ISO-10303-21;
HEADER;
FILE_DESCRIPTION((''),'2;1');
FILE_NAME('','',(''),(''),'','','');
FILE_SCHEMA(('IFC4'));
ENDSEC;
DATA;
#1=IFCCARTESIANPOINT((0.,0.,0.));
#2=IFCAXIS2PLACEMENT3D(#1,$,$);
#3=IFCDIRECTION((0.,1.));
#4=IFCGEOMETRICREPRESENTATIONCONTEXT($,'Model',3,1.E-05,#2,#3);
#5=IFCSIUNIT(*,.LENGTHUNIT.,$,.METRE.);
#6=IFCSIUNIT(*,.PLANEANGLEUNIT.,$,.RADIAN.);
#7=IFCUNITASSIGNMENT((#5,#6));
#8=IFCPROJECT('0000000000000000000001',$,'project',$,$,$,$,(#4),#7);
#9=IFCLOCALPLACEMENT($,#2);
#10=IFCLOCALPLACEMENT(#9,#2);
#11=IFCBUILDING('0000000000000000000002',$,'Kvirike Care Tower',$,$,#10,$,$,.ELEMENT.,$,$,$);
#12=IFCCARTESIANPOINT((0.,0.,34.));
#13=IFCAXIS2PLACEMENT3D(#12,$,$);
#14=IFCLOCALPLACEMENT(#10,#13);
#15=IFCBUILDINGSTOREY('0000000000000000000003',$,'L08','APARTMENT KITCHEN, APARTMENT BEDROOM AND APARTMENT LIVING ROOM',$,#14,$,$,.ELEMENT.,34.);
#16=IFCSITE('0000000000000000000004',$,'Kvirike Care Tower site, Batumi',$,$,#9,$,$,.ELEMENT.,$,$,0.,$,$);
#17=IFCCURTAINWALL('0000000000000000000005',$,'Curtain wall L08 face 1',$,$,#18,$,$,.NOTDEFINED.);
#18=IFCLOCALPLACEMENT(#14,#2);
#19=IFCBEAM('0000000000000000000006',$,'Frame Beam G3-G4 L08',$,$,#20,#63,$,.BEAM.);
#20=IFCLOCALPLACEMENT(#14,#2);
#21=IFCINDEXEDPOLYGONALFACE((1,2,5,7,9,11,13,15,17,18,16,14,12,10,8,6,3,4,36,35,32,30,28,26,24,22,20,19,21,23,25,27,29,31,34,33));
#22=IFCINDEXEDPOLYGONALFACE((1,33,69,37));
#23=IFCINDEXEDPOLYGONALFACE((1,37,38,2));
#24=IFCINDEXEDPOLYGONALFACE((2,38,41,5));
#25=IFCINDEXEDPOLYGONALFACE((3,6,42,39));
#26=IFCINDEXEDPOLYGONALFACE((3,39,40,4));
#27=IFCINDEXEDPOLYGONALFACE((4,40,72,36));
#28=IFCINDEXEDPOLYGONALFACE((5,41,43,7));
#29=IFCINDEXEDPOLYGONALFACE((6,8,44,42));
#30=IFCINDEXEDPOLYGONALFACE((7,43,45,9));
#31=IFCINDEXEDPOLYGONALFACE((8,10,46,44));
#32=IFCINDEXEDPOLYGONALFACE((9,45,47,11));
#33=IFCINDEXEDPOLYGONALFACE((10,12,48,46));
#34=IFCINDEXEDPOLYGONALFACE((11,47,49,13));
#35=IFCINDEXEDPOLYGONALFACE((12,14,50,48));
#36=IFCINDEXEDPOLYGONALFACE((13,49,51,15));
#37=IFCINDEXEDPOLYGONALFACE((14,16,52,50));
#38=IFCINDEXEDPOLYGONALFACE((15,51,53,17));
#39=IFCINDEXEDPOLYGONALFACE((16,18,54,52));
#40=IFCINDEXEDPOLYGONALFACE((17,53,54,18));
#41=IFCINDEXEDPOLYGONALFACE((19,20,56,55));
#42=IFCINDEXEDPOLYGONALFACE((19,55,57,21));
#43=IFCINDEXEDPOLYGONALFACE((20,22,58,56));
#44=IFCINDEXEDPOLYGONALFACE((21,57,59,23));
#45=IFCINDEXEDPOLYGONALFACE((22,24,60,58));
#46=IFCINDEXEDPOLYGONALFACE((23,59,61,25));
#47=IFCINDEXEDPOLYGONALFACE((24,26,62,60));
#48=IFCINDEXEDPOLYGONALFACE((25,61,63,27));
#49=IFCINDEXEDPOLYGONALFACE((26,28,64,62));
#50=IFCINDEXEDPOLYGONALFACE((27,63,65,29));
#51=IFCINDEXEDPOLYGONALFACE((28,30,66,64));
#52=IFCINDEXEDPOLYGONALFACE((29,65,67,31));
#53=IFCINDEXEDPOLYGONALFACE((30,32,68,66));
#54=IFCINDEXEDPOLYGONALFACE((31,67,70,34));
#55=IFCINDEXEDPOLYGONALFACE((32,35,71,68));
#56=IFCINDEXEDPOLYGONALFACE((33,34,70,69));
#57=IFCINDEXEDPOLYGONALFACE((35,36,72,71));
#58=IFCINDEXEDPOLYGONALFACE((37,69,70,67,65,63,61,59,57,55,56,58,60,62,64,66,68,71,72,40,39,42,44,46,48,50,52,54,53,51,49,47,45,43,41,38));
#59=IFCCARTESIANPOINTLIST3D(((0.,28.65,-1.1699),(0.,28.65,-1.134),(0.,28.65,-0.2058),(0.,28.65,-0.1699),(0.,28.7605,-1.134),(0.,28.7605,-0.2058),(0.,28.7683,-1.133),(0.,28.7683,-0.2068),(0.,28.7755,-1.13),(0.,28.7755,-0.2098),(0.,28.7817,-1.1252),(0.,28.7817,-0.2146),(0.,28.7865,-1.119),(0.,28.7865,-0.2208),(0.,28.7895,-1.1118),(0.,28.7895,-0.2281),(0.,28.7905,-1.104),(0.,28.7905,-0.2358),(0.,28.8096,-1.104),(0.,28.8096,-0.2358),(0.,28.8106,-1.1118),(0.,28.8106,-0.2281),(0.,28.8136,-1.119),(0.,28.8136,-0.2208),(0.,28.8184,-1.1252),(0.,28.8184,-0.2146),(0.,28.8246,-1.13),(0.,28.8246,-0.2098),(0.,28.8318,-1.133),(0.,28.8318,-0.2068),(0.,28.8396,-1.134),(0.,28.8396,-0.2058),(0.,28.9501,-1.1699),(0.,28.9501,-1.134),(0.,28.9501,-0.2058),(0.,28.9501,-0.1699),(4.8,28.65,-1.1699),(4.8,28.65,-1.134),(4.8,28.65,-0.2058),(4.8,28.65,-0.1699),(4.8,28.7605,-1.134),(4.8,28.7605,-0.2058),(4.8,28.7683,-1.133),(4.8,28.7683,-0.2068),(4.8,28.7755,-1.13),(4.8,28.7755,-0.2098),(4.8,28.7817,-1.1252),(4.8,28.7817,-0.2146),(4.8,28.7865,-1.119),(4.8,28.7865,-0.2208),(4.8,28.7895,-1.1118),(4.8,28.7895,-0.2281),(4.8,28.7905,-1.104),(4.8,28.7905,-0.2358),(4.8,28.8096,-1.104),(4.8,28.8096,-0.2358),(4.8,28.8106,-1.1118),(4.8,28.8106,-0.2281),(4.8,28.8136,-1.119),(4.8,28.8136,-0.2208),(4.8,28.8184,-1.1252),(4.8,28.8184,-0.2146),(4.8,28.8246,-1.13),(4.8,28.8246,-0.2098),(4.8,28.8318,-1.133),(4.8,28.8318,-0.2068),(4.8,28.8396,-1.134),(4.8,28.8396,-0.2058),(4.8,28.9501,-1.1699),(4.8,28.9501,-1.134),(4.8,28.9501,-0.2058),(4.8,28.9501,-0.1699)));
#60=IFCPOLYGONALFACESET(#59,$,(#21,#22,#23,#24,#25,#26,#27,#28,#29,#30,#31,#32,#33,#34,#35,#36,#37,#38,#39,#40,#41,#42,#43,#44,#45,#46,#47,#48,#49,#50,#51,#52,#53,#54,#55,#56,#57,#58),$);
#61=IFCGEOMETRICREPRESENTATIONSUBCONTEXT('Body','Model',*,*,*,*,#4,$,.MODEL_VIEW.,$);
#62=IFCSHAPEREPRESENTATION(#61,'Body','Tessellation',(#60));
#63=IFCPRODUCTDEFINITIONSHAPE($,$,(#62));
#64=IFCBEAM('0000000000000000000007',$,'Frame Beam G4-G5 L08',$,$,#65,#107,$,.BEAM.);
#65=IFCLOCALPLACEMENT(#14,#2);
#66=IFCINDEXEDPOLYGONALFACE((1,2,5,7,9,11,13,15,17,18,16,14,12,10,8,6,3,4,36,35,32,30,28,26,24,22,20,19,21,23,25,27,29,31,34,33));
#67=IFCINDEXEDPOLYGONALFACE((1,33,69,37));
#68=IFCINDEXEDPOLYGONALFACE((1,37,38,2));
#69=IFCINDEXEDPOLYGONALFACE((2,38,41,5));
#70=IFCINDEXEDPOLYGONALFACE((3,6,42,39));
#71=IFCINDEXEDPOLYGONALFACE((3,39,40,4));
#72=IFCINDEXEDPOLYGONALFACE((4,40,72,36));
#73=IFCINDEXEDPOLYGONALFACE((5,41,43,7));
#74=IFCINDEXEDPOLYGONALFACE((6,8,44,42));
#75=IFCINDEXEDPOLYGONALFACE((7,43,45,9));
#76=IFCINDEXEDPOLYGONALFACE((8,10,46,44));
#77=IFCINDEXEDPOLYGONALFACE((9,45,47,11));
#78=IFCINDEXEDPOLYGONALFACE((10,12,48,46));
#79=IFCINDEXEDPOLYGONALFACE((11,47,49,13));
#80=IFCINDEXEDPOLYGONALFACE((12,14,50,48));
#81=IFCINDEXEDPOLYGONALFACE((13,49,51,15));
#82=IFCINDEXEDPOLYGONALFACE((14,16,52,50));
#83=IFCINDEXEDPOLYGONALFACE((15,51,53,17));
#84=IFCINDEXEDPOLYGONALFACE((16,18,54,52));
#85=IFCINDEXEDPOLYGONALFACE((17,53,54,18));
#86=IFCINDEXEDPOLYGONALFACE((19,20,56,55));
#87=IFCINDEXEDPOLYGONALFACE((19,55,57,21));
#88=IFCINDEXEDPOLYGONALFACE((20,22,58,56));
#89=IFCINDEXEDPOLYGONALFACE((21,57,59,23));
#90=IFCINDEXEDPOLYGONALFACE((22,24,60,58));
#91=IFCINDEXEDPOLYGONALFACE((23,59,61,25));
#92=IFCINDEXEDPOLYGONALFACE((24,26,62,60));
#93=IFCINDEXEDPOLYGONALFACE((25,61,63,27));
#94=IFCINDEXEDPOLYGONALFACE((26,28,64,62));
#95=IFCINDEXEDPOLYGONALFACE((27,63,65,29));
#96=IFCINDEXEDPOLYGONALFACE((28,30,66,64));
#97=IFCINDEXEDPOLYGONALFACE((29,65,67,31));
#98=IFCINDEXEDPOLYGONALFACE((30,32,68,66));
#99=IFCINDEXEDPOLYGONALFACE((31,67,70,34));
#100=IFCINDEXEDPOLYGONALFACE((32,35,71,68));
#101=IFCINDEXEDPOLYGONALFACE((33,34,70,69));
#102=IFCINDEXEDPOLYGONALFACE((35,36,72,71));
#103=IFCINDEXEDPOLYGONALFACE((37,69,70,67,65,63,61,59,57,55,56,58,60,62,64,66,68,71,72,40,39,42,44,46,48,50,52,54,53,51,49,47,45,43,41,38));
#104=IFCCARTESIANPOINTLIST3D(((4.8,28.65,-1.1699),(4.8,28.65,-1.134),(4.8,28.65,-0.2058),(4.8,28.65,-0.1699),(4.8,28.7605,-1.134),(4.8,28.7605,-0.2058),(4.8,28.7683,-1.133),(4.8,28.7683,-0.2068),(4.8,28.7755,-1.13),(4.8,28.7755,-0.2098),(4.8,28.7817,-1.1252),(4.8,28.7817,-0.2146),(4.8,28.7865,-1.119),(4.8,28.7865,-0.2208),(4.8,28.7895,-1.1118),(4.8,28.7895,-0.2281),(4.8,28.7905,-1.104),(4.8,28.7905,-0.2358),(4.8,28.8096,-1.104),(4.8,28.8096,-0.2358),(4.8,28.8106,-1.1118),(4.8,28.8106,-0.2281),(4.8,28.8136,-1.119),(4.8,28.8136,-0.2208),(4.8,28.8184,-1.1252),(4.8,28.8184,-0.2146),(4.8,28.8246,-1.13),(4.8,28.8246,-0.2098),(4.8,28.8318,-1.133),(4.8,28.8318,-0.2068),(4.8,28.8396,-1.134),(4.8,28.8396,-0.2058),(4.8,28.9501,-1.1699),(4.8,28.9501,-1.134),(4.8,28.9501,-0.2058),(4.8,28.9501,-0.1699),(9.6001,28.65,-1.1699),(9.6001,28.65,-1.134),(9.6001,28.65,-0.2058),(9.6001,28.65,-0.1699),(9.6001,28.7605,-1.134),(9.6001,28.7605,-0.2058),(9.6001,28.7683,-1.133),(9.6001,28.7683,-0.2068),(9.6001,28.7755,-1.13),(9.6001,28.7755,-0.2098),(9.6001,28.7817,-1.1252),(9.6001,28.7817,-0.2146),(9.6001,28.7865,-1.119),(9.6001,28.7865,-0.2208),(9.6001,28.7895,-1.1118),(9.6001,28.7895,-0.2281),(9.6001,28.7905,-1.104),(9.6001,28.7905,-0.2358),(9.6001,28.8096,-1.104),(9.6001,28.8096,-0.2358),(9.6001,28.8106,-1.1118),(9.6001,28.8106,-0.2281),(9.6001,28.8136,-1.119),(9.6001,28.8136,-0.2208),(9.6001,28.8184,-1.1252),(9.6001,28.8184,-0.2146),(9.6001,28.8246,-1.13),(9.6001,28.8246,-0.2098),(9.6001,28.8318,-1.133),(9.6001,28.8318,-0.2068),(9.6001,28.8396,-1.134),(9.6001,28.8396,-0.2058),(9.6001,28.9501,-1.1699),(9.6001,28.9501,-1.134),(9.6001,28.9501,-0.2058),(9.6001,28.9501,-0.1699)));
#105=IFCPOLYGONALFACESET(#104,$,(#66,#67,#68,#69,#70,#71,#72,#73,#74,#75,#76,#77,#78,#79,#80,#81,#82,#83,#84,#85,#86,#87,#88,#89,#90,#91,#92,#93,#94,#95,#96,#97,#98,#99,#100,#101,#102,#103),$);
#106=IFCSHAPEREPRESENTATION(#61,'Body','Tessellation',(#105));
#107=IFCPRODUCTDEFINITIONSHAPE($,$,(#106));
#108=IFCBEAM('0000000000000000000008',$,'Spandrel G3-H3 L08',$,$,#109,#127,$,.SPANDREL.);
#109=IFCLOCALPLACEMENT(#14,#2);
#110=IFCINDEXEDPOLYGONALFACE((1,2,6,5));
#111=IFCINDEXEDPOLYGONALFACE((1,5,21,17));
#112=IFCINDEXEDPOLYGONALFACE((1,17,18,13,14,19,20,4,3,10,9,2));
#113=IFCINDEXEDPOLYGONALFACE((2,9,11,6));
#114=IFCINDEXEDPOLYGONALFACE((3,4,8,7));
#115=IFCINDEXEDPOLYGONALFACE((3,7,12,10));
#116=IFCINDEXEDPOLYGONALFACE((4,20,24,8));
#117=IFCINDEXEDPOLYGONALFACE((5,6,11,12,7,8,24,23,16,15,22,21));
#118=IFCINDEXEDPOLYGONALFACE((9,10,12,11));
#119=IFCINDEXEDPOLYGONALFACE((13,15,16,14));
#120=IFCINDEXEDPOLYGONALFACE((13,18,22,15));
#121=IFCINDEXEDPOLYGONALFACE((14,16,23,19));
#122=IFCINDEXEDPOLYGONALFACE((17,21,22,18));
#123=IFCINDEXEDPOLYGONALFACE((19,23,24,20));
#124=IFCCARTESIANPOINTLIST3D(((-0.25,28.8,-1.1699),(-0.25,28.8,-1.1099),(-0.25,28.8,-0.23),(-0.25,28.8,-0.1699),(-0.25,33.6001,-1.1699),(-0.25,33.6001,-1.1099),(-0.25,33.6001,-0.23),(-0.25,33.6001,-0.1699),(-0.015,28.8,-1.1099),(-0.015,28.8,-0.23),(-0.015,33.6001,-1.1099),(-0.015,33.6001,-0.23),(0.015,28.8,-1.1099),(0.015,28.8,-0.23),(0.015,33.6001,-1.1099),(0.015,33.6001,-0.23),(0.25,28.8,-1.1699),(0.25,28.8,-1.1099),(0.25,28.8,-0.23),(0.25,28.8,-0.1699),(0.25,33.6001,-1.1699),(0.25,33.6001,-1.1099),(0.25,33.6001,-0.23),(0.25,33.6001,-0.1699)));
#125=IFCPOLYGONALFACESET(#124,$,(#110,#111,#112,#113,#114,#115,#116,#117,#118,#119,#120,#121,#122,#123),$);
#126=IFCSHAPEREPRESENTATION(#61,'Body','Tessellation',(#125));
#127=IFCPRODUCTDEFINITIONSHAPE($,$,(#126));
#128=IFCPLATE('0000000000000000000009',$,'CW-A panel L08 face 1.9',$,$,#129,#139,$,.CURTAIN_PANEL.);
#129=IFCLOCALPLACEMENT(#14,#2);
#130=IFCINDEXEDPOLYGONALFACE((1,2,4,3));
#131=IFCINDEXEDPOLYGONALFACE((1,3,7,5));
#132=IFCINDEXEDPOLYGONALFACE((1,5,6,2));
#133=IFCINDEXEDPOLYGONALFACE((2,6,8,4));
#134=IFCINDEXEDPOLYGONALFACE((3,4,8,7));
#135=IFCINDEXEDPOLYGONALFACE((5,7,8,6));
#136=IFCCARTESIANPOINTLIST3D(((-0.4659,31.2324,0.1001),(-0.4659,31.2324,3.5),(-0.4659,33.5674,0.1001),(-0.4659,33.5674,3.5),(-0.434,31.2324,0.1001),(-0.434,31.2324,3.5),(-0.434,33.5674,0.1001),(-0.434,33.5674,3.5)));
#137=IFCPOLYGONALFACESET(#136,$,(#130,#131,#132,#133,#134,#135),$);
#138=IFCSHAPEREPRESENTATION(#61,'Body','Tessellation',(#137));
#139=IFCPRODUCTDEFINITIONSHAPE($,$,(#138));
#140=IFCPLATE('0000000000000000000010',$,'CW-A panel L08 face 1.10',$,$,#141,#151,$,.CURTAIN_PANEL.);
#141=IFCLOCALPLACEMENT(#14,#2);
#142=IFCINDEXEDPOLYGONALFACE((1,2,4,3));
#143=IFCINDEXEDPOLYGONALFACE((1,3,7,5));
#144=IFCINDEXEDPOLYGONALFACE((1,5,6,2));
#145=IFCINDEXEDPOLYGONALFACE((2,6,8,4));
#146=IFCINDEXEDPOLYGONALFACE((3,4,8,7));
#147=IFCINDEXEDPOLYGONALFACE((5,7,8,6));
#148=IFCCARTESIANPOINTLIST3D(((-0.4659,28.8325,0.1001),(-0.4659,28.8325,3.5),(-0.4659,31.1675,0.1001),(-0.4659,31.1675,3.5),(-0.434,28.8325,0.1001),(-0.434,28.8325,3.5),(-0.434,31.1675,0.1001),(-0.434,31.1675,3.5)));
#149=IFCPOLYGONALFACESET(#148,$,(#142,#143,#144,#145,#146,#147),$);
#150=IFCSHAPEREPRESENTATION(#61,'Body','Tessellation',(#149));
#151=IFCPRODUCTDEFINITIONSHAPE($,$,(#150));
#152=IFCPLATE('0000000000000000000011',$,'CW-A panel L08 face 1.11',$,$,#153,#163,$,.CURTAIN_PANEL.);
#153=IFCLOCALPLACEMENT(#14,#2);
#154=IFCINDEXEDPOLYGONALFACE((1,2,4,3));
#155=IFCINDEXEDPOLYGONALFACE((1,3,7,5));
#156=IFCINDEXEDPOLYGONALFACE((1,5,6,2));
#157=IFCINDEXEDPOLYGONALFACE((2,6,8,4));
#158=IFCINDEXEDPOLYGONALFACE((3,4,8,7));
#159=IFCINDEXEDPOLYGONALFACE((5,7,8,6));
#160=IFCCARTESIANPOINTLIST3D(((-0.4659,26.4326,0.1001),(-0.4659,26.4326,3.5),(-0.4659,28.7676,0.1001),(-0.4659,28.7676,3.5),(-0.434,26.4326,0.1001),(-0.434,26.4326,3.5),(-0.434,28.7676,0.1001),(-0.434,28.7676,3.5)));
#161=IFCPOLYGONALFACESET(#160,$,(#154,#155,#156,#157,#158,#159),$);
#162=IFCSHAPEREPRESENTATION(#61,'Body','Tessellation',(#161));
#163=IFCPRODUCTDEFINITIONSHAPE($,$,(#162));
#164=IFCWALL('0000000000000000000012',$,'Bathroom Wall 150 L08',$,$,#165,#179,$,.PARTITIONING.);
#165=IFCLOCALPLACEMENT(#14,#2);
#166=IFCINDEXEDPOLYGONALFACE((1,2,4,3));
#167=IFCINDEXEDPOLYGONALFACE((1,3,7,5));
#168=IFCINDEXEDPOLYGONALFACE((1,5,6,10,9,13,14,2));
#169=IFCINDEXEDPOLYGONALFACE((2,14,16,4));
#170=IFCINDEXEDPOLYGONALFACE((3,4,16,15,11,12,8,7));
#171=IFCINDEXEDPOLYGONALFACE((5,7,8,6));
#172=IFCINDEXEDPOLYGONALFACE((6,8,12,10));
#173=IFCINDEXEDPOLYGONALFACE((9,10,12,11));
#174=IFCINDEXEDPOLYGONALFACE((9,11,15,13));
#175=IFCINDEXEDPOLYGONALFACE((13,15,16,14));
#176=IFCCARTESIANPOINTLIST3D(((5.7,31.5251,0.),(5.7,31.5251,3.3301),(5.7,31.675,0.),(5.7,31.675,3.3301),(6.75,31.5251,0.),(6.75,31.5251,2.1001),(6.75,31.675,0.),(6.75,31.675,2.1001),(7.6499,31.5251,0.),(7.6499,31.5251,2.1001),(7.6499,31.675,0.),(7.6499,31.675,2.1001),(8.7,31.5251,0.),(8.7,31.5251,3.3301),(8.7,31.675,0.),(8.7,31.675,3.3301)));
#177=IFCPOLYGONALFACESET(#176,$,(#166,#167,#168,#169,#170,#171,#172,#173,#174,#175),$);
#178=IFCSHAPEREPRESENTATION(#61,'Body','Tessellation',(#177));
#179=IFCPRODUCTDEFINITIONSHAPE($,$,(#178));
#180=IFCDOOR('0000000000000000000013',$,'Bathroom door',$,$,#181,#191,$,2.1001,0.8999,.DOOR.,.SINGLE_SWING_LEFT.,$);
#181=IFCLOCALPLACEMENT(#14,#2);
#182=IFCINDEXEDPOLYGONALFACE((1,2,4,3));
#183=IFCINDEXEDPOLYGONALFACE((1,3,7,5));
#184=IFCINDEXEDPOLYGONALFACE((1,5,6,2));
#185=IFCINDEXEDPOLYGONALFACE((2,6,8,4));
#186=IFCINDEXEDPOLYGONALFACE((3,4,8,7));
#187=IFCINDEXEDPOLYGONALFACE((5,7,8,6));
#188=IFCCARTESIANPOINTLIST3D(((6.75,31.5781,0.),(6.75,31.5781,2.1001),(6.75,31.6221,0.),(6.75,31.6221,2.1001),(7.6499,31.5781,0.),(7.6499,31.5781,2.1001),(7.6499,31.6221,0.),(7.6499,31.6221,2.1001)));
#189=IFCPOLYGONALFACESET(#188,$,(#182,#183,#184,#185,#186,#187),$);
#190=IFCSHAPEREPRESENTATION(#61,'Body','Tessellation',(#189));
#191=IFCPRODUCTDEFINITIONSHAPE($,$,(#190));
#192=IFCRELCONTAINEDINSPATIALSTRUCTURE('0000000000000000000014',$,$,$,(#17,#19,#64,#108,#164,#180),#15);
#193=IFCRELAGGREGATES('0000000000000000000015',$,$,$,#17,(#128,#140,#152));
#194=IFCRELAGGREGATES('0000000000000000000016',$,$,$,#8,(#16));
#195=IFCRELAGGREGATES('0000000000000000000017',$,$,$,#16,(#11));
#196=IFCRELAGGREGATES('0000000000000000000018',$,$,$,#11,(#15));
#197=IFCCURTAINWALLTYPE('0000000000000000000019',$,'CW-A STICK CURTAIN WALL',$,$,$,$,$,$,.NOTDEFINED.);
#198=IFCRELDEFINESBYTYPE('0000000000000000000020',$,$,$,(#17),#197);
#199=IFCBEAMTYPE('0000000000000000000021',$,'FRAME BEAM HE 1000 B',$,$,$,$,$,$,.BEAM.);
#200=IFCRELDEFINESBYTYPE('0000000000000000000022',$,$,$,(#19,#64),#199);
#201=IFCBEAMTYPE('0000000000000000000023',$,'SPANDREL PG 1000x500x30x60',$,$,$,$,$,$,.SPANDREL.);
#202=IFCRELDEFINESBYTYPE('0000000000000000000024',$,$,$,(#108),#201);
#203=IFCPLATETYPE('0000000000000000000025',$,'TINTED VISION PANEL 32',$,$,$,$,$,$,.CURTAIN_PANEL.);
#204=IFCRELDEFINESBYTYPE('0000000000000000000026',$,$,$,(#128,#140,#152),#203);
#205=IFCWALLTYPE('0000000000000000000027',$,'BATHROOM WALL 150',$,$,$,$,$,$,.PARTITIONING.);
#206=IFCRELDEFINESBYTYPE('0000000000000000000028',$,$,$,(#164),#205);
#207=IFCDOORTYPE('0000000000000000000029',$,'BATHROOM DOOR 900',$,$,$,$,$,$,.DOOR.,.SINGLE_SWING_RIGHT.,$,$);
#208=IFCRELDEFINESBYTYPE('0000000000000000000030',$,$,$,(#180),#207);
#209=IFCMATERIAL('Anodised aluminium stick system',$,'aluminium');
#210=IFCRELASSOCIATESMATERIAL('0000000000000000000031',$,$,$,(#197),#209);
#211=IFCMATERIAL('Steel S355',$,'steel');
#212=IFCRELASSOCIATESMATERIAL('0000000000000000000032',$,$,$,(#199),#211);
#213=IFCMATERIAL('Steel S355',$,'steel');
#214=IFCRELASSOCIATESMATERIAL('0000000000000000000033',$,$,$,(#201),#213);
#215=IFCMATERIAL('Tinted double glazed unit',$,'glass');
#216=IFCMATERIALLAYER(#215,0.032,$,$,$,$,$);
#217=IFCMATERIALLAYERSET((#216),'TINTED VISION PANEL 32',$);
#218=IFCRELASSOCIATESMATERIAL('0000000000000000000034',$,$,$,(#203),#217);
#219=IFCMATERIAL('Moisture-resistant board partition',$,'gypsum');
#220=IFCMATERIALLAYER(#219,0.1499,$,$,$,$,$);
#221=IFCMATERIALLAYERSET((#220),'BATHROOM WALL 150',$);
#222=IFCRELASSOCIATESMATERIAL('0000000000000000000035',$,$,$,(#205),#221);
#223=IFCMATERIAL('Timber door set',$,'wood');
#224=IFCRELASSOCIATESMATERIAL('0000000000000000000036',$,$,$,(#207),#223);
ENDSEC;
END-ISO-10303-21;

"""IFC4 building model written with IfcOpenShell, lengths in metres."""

from ifc_helpers import new_model, si_unit, direction, frame, frame_2d, origin, origin_2d, place, context, subcontext, project, spatial, rectangle, i_section, extrude, material, layer, layer_set, material_profile, profile_set, type_object, element, fill, aggregate, save


model = new_model("IFC4")

# Units and contexts
model_context = context("Model", 3, precision=1e-05, world=origin(), true_north=direction((0.0, 1.0)))
body_context = subcontext(model_context, "Body", "Model", "MODEL_VIEW")
ifc_project = project(units=[si_unit("LENGTHUNIT", "METRE"), si_unit("PLANEANGLEUNIT", "RADIAN")], contexts=[model_context])

# Site, building, storey
site_placement = place(None, origin())
site = spatial("IfcSite", under=ifc_project, at=site_placement, Name="Kvirike Care Tower site, Batumi", CompositionType="ELEMENT", RefElevation=0.0)
building_placement = place(site_placement, origin())
building = spatial("IfcBuilding", under=site, at=building_placement, Name="Kvirike Care Tower", CompositionType="ELEMENT")
storey_placement = place(building_placement, frame((0.0, 0.0, 34.0)))
storey = spatial("IfcBuildingStorey", under=building, at=storey_placement, Name="L08", Description="APARTMENT KITCHEN, APARTMENT BEDROOM AND APARTMENT LIVING ROOM", CompositionType="ELEMENT", Elevation=34.0)

# Curtain wall
ifc_material_1 = material(Name="Anodised aluminium stick system", Category="aluminium")
curtain_wall_type = type_object("IfcCurtainWallType", Name="CW-A STICK CURTAIN WALL", PredefinedType="NOTDEFINED", material=ifc_material_1)
curtain_wall_placement = place(storey_placement, origin())
curtain_wall = element("IfcCurtainWall", 1, at=curtain_wall_placement, inside=storey, type_object=curtain_wall_type, Name="Curtain wall L08 face 1", PredefinedType="NOTDEFINED")

# Beams
ifc_material_2 = material(Name="Steel S355", Category="steel")
ifc_material_profile_1 = material_profile(ifc_material_2, i_section(OverallWidth=0.3, OverallDepth=1.0, WebThickness=0.019, FlangeThickness=0.0359, FilletRadius=0.03, at=origin_2d()), Name="HE 1000 B")
ifc_profile_set_1 = profile_set([ifc_material_profile_1], Name="Steel S355")
beam_type_1 = type_object("IfcBeamType", Name="FRAME BEAM HE 1000 B", PredefinedType="BEAM", material=ifc_profile_set_1)
for number, where, z_axis, x_axis, name in (
    (2, (0.0, 28.8, -0.6699), (1.0, 0.0, 0.0), (0.0, 1.0, 0.0), "Frame Beam G3-G4 L08"),
    (3, (4.8, 28.8, -0.6699), (1.0, 0.0, 0.0), (0.0, 1.0, 0.0), "Frame Beam G4-G5 L08"),
):
    element("IfcBeam", number, at=place(storey_placement, frame(where, z_axis=z_axis, x_axis=x_axis)), inside=storey, type_object=beam_type_1, Name=name, PredefinedType="BEAM", context=body_context, shape_type="SweptSolid", body=[
        extrude(i_section(OverallWidth=0.3, OverallDepth=1.0, WebThickness=0.019, FlangeThickness=0.0359, FilletRadius=0.03, at=origin_2d()), origin(), (0.0, 0.0, 1.0), 4.8),
    ])
ifc_material_3 = material(Name="Steel S355", Category="steel")
ifc_material_profile_2 = material_profile(ifc_material_3, i_section(OverallWidth=0.5, OverallDepth=1.0, WebThickness=0.03, FlangeThickness=0.0601, at=origin_2d()), Name="PG 1000x500x30x60")
ifc_profile_set_2 = profile_set([ifc_material_profile_2], Name="Steel S355")
beam_type_2 = type_object("IfcBeamType", Name="SPANDREL PG 1000x500x30x60", PredefinedType="SPANDREL", material=ifc_profile_set_2)
beam_placement = place(storey_placement, frame((0.0, 28.8, -0.6699), z_axis=(0.0, 1.0, 0.0), x_axis=(-1.0, 0.0, 0.0)))
element("IfcBeam", 4, at=beam_placement, inside=storey, type_object=beam_type_2, Name="Spandrel G3-H3 L08", PredefinedType="SPANDREL", context=body_context, shape_type="SweptSolid", body=[
    extrude(i_section(OverallWidth=0.5, OverallDepth=1.0, WebThickness=0.03, FlangeThickness=0.0601, at=origin_2d()), origin(), (0.0, 0.0, 1.0), 4.8),
])

# Plates
ifc_material_4 = material(Name="Tinted double glazed unit", Category="glass")
ifc_layer_1 = layer(ifc_material_4, 0.032)
ifc_layer_set_1 = layer_set([ifc_layer_1], Name="TINTED VISION PANEL 32")
plate_type = type_object("IfcPlateType", Name="TINTED VISION PANEL 32", PredefinedType="CURTAIN_PANEL", material=ifc_layer_set_1)
plate_1_placement = place(storey_placement, frame((-0.45, 32.3999, 0.1001), z_axis=(0.0, 0.0, 1.0), x_axis=(0.0, -1.0, 0.0)))
plate_1 = element("IfcPlate", 5, at=plate_1_placement, type_object=plate_type, Name="CW-A panel L08 face 1.9", PredefinedType="CURTAIN_PANEL", context=body_context, shape_type="SweptSolid", body=[
    extrude(rectangle(XDim=2.335, YDim=0.032, at=origin_2d()), origin(), (0.0, 0.0, 1.0), 3.3999),
])
plate_2_placement = place(storey_placement, frame((-0.45, 30.0, 0.1001), z_axis=(0.0, 0.0, 1.0), x_axis=(0.0, -1.0, 0.0)))
plate_2 = element("IfcPlate", 6, at=plate_2_placement, type_object=plate_type, Name="CW-A panel L08 face 1.10", PredefinedType="CURTAIN_PANEL", context=body_context, shape_type="SweptSolid", body=[
    extrude(rectangle(XDim=2.335, YDim=0.032, at=origin_2d()), origin(), (0.0, 0.0, 1.0), 3.3999),
])
plate_3_placement = place(storey_placement, frame((-0.45, 27.6001, 0.1001), z_axis=(0.0, 0.0, 1.0), x_axis=(0.0, -1.0, 0.0)))
plate_3 = element("IfcPlate", 7, at=plate_3_placement, type_object=plate_type, Name="CW-A panel L08 face 1.11", PredefinedType="CURTAIN_PANEL", context=body_context, shape_type="SweptSolid", body=[
    extrude(rectangle(XDim=2.335, YDim=0.032, at=origin_2d()), origin(), (0.0, 0.0, 1.0), 3.3999),
])
aggregate(curtain_wall, [plate_1, plate_2, plate_3])

# Wall, opening, door
ifc_material_5 = material(Name="Moisture-resistant board partition", Category="gypsum")
ifc_layer_2 = layer(ifc_material_5, 0.1499)
ifc_layer_set_2 = layer_set([ifc_layer_2], Name="BATHROOM WALL 150")
wall_type_1 = type_object("IfcWallType", Name="BATHROOM WALL 150", PredefinedType="PARTITIONING", material=ifc_layer_set_2)
wall_1_placement = place(storey_placement, frame((5.7, 31.6001, 0.0), z_axis=(0.0, 0.0, 1.0), x_axis=(1.0, 0.0, 0.0)))
wall_1 = element("IfcWall", 8, at=wall_1_placement, inside=storey, type_object=wall_type_1, Name="Bathroom Wall 150 L08", PredefinedType="PARTITIONING", context=body_context, shape_type="SweptSolid", body=[
    extrude(rectangle(XDim=3.0, YDim=0.1499, at=frame_2d((1.5, 0.0))), origin(), (0.0, 0.0, 1.0), 3.3301),
])
opening_1_placement = place(wall_1_placement, frame((1.05, 0.0, 0.0)))
opening_1 = element("IfcOpeningElement", 9, at=opening_1_placement, cuts=wall_1, PredefinedType="OPENING", context=body_context, shape_type="SweptSolid", body=[
    extrude(rectangle(XDim=0.8999, YDim=2.1001, at=frame_2d((0.45, 1.05))), frame((0.0, 0.0854, 0.0), z_axis=(0.0, -1.0, 0.0), x_axis=(1.0, 0.0, 0.0)), (0.0, 0.0, 1.0), 0.1709),
])
ifc_material_6 = material(Name="Timber door set", Category="wood")
door_type_1 = type_object("IfcDoorType", Name="BATHROOM DOOR 900", OperationType="SINGLE_SWING_RIGHT", PredefinedType="DOOR", material=ifc_material_6)
door_1_placement = place(opening_1_placement, frame((0.8999, 0.0, 0.0), z_axis=(0.0, 0.0, 1.0), x_axis=(-1.0, 0.0, 0.0)))
door_1 = element("IfcDoor", 10, at=door_1_placement, inside=storey, type_object=door_type_1, Name="Bathroom door", OperationType="SINGLE_SWING_LEFT", OverallHeight=2.1001, OverallWidth=0.8999, PredefinedType="DOOR", context=body_context, shape_type="SweptSolid", body=[
    extrude(rectangle(XDim=0.8999, YDim=2.1001, at=frame_2d((0.45, 1.05))), frame((0.0, 0.022, 0.0), z_axis=(0.0, -1.0, 0.0), x_axis=(1.0, 0.0, 0.0)), (0.0, 0.0, 1.0), 0.0439),
])
fill(opening_1, door_1)

save(model, "model.ifc")
